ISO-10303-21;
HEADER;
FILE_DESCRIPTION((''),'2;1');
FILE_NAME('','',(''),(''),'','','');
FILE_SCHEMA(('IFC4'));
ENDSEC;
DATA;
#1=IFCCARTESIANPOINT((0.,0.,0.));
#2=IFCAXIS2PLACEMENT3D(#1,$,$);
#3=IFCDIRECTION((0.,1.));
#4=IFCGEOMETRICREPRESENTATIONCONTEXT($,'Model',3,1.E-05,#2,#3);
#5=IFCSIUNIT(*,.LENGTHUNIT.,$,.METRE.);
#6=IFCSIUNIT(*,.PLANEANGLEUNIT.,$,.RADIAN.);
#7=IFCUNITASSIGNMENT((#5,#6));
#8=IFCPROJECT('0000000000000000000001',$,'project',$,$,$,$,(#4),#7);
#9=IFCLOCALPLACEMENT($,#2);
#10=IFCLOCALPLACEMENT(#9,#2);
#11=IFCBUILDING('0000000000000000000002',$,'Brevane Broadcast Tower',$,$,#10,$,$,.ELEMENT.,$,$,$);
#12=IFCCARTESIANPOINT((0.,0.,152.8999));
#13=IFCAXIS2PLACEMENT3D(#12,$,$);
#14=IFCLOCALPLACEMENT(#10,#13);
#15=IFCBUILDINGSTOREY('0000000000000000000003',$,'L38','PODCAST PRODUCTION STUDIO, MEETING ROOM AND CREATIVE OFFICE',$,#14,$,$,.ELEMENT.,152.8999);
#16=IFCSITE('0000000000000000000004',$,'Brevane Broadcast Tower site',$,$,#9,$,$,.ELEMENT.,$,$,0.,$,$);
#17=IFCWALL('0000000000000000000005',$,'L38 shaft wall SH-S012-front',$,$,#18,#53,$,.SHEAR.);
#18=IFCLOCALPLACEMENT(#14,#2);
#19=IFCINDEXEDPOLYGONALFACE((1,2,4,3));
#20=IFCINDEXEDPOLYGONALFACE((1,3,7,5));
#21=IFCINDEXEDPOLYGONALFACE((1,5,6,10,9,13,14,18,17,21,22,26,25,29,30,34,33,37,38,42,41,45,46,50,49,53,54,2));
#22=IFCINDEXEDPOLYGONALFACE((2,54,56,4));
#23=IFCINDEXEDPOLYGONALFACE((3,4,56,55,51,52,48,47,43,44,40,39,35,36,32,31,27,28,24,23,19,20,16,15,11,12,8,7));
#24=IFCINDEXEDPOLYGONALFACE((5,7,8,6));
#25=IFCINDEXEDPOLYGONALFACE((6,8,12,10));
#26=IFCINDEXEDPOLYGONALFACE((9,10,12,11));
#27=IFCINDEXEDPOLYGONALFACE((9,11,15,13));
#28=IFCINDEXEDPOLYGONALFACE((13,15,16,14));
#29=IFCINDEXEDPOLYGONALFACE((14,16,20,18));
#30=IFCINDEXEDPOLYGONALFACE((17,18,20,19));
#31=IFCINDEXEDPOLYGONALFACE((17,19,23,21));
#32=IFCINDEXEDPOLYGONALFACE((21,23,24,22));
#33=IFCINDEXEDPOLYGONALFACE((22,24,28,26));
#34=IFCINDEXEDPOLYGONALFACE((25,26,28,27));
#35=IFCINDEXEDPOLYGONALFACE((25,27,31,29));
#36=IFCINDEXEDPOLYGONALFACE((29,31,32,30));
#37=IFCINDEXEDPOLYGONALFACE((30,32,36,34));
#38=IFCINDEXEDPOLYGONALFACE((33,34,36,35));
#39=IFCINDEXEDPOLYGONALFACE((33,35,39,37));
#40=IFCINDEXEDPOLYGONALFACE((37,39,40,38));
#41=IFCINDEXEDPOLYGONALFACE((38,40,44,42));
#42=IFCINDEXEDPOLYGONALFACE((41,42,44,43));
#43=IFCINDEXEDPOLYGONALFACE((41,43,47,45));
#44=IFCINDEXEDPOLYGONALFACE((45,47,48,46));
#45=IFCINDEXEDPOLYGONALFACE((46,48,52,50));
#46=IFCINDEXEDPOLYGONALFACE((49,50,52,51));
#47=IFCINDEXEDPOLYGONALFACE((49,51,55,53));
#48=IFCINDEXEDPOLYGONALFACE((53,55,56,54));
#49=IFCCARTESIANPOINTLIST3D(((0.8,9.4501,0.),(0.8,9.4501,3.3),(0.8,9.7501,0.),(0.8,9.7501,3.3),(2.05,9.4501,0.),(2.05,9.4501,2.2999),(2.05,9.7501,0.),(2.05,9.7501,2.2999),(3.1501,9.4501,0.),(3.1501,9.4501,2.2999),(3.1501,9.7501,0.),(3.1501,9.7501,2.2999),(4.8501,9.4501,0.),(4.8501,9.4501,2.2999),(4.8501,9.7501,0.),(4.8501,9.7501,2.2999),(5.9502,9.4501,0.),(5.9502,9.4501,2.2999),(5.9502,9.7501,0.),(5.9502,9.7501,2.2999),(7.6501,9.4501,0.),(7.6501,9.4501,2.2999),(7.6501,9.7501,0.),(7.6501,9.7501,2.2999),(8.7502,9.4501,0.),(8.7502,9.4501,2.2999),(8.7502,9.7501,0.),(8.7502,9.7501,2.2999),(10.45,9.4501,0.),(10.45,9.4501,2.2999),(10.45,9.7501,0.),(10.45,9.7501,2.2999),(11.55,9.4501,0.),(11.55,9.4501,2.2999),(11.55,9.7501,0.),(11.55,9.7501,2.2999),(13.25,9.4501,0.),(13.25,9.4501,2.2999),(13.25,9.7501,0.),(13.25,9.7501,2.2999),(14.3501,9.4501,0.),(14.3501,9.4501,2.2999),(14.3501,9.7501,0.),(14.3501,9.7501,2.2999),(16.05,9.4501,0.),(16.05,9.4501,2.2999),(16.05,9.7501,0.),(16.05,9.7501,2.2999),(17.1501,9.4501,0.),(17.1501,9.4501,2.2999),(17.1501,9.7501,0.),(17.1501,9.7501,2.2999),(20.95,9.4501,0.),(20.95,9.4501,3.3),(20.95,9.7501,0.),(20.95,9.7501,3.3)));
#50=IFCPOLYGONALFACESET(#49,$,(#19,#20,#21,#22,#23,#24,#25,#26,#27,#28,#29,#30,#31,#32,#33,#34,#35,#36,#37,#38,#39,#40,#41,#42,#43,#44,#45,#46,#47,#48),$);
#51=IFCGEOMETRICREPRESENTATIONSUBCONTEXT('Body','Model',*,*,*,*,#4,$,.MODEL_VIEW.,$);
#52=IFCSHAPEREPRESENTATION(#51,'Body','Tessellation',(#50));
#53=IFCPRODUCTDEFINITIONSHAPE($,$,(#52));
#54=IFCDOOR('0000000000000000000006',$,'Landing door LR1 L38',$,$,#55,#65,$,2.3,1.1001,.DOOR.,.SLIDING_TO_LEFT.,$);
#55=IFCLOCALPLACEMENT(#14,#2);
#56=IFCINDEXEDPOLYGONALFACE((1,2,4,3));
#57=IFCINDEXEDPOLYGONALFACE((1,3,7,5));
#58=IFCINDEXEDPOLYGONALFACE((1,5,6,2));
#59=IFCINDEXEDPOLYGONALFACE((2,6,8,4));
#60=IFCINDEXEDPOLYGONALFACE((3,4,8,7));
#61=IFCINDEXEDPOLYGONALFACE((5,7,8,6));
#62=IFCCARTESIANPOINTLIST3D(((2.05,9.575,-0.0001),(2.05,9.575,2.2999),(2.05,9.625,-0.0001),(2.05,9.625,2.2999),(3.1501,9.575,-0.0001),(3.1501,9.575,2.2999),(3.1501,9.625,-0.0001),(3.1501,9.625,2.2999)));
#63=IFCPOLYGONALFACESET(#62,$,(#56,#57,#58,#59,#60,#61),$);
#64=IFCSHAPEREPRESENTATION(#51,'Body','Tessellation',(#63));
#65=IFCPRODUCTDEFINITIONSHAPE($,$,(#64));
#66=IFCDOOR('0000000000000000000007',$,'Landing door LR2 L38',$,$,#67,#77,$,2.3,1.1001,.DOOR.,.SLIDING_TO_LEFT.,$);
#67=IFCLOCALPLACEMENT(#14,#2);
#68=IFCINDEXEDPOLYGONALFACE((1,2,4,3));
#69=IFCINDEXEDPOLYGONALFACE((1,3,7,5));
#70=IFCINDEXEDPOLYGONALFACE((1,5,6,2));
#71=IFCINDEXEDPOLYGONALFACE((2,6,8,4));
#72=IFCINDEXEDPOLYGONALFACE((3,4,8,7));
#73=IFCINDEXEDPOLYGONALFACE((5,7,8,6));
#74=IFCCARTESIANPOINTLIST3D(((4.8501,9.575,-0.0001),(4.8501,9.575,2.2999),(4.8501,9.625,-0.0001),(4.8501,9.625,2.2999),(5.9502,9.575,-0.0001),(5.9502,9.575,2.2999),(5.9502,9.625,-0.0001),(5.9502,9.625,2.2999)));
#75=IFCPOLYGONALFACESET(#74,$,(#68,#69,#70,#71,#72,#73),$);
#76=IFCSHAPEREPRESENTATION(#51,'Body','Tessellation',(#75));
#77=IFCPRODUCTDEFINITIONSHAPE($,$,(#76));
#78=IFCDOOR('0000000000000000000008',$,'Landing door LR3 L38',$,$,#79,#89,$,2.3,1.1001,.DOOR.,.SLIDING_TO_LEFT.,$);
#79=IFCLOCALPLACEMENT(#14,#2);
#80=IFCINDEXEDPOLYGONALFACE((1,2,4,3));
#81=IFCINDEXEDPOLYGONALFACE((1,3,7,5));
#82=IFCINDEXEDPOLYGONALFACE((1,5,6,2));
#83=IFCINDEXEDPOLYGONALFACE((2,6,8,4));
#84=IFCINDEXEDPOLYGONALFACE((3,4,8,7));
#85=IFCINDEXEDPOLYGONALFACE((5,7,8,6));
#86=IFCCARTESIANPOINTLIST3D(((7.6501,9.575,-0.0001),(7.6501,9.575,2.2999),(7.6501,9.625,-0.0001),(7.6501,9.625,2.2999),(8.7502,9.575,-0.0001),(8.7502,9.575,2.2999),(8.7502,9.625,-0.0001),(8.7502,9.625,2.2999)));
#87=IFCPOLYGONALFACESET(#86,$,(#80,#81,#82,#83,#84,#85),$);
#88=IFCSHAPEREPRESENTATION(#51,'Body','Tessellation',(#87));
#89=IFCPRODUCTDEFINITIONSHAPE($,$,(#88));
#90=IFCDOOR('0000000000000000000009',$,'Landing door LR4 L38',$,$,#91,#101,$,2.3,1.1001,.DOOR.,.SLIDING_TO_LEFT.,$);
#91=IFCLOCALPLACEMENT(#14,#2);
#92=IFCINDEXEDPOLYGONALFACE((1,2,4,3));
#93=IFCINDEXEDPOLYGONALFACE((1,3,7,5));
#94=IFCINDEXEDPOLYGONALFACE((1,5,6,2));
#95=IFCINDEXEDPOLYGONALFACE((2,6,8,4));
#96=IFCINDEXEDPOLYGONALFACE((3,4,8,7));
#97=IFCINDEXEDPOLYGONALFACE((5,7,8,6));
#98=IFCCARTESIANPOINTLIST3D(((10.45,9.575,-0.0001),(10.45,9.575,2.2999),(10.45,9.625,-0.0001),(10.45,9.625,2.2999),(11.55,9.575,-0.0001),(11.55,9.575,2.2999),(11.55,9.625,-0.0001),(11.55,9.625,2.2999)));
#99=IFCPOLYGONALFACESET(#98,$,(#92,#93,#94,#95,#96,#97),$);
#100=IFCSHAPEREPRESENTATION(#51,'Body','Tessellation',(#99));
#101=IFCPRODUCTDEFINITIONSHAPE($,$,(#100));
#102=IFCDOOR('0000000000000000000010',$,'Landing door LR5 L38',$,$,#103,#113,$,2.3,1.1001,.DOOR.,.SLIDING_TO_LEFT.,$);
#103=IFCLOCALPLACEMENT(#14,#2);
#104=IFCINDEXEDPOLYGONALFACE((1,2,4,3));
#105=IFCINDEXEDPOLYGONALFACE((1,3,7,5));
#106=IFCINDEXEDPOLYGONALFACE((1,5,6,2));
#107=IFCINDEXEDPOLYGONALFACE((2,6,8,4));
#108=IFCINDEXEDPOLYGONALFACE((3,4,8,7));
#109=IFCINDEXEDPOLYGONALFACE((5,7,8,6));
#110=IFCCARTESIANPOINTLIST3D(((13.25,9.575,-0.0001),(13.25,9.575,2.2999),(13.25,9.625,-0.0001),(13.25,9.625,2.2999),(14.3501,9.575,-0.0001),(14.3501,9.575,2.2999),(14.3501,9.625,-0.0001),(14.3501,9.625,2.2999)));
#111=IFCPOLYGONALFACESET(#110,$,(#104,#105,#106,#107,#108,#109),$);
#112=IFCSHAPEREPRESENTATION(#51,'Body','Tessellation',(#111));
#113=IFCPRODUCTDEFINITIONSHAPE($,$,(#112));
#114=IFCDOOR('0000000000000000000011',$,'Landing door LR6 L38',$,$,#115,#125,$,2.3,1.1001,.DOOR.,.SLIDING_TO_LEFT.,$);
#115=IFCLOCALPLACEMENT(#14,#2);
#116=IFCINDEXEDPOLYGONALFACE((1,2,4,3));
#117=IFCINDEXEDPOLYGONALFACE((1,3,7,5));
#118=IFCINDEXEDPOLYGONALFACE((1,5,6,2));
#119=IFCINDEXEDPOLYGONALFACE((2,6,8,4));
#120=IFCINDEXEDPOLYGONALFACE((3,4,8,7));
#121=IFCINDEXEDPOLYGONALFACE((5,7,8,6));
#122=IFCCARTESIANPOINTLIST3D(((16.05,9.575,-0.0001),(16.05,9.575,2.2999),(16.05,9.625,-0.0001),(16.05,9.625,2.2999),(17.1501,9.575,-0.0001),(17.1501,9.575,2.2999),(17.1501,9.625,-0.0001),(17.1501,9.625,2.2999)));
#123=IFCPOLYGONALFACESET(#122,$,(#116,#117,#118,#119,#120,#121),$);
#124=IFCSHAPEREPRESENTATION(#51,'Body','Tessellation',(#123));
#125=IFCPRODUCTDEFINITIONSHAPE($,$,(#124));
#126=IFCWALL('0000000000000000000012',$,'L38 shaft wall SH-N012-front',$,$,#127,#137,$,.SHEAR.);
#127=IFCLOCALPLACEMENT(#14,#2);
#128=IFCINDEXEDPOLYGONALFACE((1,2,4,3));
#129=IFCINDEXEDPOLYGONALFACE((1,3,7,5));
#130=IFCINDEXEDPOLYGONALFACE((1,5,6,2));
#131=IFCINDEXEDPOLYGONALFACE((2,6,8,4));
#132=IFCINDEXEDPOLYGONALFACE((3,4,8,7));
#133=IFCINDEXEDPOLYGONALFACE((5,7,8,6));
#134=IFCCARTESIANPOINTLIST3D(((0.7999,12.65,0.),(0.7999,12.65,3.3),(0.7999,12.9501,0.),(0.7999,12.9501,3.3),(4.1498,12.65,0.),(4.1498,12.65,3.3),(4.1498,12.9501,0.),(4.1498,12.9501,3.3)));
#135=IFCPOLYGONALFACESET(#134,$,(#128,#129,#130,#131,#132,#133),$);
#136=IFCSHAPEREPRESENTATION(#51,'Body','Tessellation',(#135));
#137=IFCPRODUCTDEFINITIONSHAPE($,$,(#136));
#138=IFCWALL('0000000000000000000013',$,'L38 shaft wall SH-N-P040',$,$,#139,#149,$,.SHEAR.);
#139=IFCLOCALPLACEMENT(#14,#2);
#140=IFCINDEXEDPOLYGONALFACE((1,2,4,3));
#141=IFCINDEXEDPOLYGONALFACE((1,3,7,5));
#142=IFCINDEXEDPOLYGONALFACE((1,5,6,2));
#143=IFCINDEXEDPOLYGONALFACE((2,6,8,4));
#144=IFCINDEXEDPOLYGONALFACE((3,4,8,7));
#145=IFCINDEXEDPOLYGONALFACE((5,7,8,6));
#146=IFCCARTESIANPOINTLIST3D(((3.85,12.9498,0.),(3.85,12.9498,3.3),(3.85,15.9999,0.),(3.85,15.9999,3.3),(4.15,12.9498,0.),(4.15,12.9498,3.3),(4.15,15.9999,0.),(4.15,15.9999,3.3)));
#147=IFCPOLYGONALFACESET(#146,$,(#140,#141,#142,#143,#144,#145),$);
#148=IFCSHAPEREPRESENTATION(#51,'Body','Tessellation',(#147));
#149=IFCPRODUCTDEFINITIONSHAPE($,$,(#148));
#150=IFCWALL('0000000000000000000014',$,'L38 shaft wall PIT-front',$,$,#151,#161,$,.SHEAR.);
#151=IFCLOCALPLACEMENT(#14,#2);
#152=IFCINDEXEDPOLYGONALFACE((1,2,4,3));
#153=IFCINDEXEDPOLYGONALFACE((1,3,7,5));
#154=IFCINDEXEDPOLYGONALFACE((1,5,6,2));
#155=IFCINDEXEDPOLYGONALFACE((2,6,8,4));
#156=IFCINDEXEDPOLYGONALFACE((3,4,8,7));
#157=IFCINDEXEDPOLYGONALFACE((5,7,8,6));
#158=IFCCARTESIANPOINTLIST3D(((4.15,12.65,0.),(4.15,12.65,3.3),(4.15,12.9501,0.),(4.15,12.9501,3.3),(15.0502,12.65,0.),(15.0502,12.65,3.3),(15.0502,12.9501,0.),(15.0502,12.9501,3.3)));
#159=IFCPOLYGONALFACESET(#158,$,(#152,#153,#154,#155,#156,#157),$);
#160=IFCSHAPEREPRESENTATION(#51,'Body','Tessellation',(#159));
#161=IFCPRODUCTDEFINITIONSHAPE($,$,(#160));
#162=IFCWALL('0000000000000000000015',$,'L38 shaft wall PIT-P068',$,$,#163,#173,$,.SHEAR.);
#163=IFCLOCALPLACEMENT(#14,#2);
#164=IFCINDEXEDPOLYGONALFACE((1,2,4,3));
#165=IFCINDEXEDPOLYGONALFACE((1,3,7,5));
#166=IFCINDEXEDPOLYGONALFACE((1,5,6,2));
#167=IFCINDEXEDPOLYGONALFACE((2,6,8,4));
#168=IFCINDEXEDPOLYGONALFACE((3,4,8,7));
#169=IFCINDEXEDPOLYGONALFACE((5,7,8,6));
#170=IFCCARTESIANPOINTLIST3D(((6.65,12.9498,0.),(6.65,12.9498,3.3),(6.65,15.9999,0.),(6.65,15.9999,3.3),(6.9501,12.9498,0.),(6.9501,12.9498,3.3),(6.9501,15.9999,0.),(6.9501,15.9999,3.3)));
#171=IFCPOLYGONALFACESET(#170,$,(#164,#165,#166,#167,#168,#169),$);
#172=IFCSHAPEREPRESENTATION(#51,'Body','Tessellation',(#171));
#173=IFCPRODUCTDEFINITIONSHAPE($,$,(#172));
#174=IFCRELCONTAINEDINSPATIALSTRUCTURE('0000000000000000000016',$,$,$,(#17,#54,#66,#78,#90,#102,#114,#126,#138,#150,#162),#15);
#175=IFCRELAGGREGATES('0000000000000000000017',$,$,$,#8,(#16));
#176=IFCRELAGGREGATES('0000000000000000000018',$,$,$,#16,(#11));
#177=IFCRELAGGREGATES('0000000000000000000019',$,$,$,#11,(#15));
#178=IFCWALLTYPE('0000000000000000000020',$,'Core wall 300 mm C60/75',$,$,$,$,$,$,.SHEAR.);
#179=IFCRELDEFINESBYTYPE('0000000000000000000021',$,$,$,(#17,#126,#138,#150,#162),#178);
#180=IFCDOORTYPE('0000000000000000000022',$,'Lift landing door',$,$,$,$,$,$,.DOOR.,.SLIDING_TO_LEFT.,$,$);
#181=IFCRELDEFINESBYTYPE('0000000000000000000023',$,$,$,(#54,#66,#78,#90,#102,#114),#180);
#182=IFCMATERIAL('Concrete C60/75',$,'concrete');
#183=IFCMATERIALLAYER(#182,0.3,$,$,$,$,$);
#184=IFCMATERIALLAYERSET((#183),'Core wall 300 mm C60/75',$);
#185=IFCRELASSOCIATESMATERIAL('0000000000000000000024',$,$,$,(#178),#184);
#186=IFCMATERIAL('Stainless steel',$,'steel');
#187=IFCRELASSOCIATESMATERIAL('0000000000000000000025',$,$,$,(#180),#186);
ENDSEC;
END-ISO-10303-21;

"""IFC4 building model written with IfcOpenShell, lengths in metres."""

from ifc_helpers import new_model, si_unit, direction, frame, frame_2d, origin, place, context, subcontext, project, spatial, rectangle, extrude, material, layer, layer_set, type_object, element, fill, save


model = new_model("IFC4")

# Units and contexts
model_context = context("Model", 3, precision=1e-05, world=origin(), true_north=direction((0.0, 1.0)))
body_context = subcontext(model_context, "Body", "Model", "MODEL_VIEW")
ifc_project = project(units=[si_unit("LENGTHUNIT", "METRE"), si_unit("PLANEANGLEUNIT", "RADIAN")], contexts=[model_context])

# Site, building, storey
site_placement = place(None, origin())
site = spatial("IfcSite", under=ifc_project, at=site_placement, Name="Brevane Broadcast Tower site", CompositionType="ELEMENT", RefElevation=0.0)
building_placement = place(site_placement, origin())
building = spatial("IfcBuilding", under=site, at=building_placement, Name="Brevane Broadcast Tower", CompositionType="ELEMENT")
storey_placement = place(building_placement, frame((0.0, 0.0, 152.8999)))
storey = spatial("IfcBuildingStorey", under=building, at=storey_placement, Name="L38", Description="PODCAST PRODUCTION STUDIO, MEETING ROOM AND CREATIVE OFFICE", CompositionType="ELEMENT", Elevation=152.8999)

# Wall, openings, doors
ifc_material_1 = material(Name="Concrete C60/75", Category="concrete")
ifc_layer_1 = layer(ifc_material_1, 0.3)
ifc_layer_set_1 = layer_set([ifc_layer_1], Name="Core wall 300 mm C60/75")
wall_type_1 = type_object("IfcWallType", Name="Core wall 300 mm C60/75", PredefinedType="SHEAR", material=ifc_layer_set_1)
wall_1_placement = place(storey_placement, frame((0.8, 9.6001, 0.0), z_axis=(0.0, 0.0, 1.0), x_axis=(1.0, 0.0, 0.0)))
wall_1 = element("IfcWall", 1, at=wall_1_placement, inside=storey, type_object=wall_type_1, Name="L38 shaft wall SH-S012-front", PredefinedType="SHEAR", context=body_context, shape_type="SweptSolid", body=[
    extrude(rectangle(XDim=20.1499, YDim=0.3, at=frame_2d((10.075, 0.0))), origin(), (0.0, 0.0, 1.0), 3.3),
])
opening_1_placement = place(wall_1_placement, frame((1.25, 0.0, 0.0)))
opening_1 = element("IfcOpeningElement", 2, at=opening_1_placement, cuts=wall_1, PredefinedType="OPENING", context=body_context, shape_type="SweptSolid", body=[
    extrude(rectangle(XDim=1.1001, YDim=2.3, at=frame_2d((0.55, 1.1499))), frame((0.0, 0.1599, 0.0), z_axis=(0.0, -1.0, 0.0), x_axis=(1.0, 0.0, 0.0)), (0.0, 0.0, 1.0), 0.3201),
])
opening_2_placement = place(wall_1_placement, frame((4.05, 0.0, 0.0)))
opening_2 = element("IfcOpeningElement", 3, at=opening_2_placement, cuts=wall_1, PredefinedType="OPENING", context=body_context, shape_type="SweptSolid", body=[
    extrude(rectangle(XDim=1.1001, YDim=2.3, at=frame_2d((0.55, 1.1499))), frame((0.0, 0.1599, 0.0), z_axis=(0.0, -1.0, 0.0), x_axis=(1.0, 0.0, 0.0)), (0.0, 0.0, 1.0), 0.3201),
])
opening_3_placement = place(wall_1_placement, frame((6.8501, 0.0, 0.0)))
opening_3 = element("IfcOpeningElement", 4, at=opening_3_placement, cuts=wall_1, PredefinedType="OPENING", context=body_context, shape_type="SweptSolid", body=[
    extrude(rectangle(XDim=1.1001, YDim=2.3, at=frame_2d((0.55, 1.1499))), frame((0.0, 0.1599, 0.0), z_axis=(0.0, -1.0, 0.0), x_axis=(1.0, 0.0, 0.0)), (0.0, 0.0, 1.0), 0.3201),
])
opening_4_placement = place(wall_1_placement, frame((9.6499, 0.0, 0.0)))
opening_4 = element("IfcOpeningElement", 5, at=opening_4_placement, cuts=wall_1, PredefinedType="OPENING", context=body_context, shape_type="SweptSolid", body=[
    extrude(rectangle(XDim=1.1001, YDim=2.3, at=frame_2d((0.55, 1.1499))), frame((0.0, 0.1599, 0.0), z_axis=(0.0, -1.0, 0.0), x_axis=(1.0, 0.0, 0.0)), (0.0, 0.0, 1.0), 0.3201),
])
opening_5_placement = place(wall_1_placement, frame((12.45, 0.0, 0.0)))
opening_5 = element("IfcOpeningElement", 6, at=opening_5_placement, cuts=wall_1, PredefinedType="OPENING", context=body_context, shape_type="SweptSolid", body=[
    extrude(rectangle(XDim=1.1001, YDim=2.3, at=frame_2d((0.55, 1.1499))), frame((0.0, 0.1599, 0.0), z_axis=(0.0, -1.0, 0.0), x_axis=(1.0, 0.0, 0.0)), (0.0, 0.0, 1.0), 0.3201),
])
opening_6_placement = place(wall_1_placement, frame((15.25, 0.0, 0.0)))
opening_6 = element("IfcOpeningElement", 7, at=opening_6_placement, cuts=wall_1, PredefinedType="OPENING", context=body_context, shape_type="SweptSolid", body=[
    extrude(rectangle(XDim=1.1001, YDim=2.3, at=frame_2d((0.55, 1.1499))), frame((0.0, 0.1599, 0.0), z_axis=(0.0, -1.0, 0.0), x_axis=(1.0, 0.0, 0.0)), (0.0, 0.0, 1.0), 0.3201),
])
ifc_material_2 = material(Name="Stainless steel", Category="steel")
door_type = type_object("IfcDoorType", Name="Lift landing door", OperationType="SLIDING_TO_LEFT", PredefinedType="DOOR", material=ifc_material_2)
door_1_placement = place(opening_1_placement, origin())
door_1 = element("IfcDoor", 8, at=door_1_placement, inside=storey, type_object=door_type, Name="Landing door LR1 L38", OperationType="SLIDING_TO_LEFT", OverallHeight=2.3, OverallWidth=1.1001, PredefinedType="DOOR", context=body_context, shape_type="SweptSolid", body=[
    extrude(rectangle(XDim=1.1001, YDim=2.3, at=frame_2d((0.55, 1.1499))), frame((0.0, 0.0249, 0.0), z_axis=(0.0, -1.0, 0.0), x_axis=(1.0, 0.0, 0.0)), (0.0, 0.0, 1.0), 0.05),
])
fill(opening_1, door_1)
door_2_placement = place(opening_2_placement, origin())
door_2 = element("IfcDoor", 9, at=door_2_placement, inside=storey, type_object=door_type, Name="Landing door LR2 L38", OperationType="SLIDING_TO_LEFT", OverallHeight=2.3, OverallWidth=1.1001, PredefinedType="DOOR", context=body_context, shape_type="SweptSolid", body=[
    extrude(rectangle(XDim=1.1001, YDim=2.3, at=frame_2d((0.55, 1.1499))), frame((0.0, 0.0249, 0.0), z_axis=(0.0, -1.0, 0.0), x_axis=(1.0, 0.0, 0.0)), (0.0, 0.0, 1.0), 0.05),
])
fill(opening_2, door_2)
door_3_placement = place(opening_3_placement, origin())
door_3 = element("IfcDoor", 10, at=door_3_placement, inside=storey, type_object=door_type, Name="Landing door LR3 L38", OperationType="SLIDING_TO_LEFT", OverallHeight=2.3, OverallWidth=1.1001, PredefinedType="DOOR", context=body_context, shape_type="SweptSolid", body=[
    extrude(rectangle(XDim=1.1001, YDim=2.3, at=frame_2d((0.55, 1.1499))), frame((0.0, 0.0249, 0.0), z_axis=(0.0, -1.0, 0.0), x_axis=(1.0, 0.0, 0.0)), (0.0, 0.0, 1.0), 0.05),
])
fill(opening_3, door_3)
door_4_placement = place(opening_4_placement, origin())
door_4 = element("IfcDoor", 11, at=door_4_placement, inside=storey, type_object=door_type, Name="Landing door LR4 L38", OperationType="SLIDING_TO_LEFT", OverallHeight=2.3, OverallWidth=1.1001, PredefinedType="DOOR", context=body_context, shape_type="SweptSolid", body=[
    extrude(rectangle(XDim=1.1001, YDim=2.3, at=frame_2d((0.55, 1.1499))), frame((0.0, 0.0249, 0.0), z_axis=(0.0, -1.0, 0.0), x_axis=(1.0, 0.0, 0.0)), (0.0, 0.0, 1.0), 0.05),
])
fill(opening_4, door_4)
door_5_placement = place(opening_5_placement, origin())
door_5 = element("IfcDoor", 12, at=door_5_placement, inside=storey, type_object=door_type, Name="Landing door LR5 L38", OperationType="SLIDING_TO_LEFT", OverallHeight=2.3, OverallWidth=1.1001, PredefinedType="DOOR", context=body_context, shape_type="SweptSolid", body=[
    extrude(rectangle(XDim=1.1001, YDim=2.3, at=frame_2d((0.55, 1.1499))), frame((0.0, 0.0249, 0.0), z_axis=(0.0, -1.0, 0.0), x_axis=(1.0, 0.0, 0.0)), (0.0, 0.0, 1.0), 0.05),
])
fill(opening_5, door_5)
door_6_placement = place(opening_6_placement, origin())
door_6 = element("IfcDoor", 13, at=door_6_placement, inside=storey, type_object=door_type, Name="Landing door LR6 L38", OperationType="SLIDING_TO_LEFT", OverallHeight=2.3, OverallWidth=1.1001, PredefinedType="DOOR", context=body_context, shape_type="SweptSolid", body=[
    extrude(rectangle(XDim=1.1001, YDim=2.3, at=frame_2d((0.55, 1.1499))), frame((0.0, 0.0249, 0.0), z_axis=(0.0, -1.0, 0.0), x_axis=(1.0, 0.0, 0.0)), (0.0, 0.0, 1.0), 0.05),
])
fill(opening_6, door_6)

# Walls
wall_2_placement = place(storey_placement, frame((0.8, 12.8, 0.0), z_axis=(0.0, 0.0, 1.0), x_axis=(1.0, 0.0, 0.0)))
element("IfcWall", 14, at=wall_2_placement, inside=storey, type_object=wall_type_1, Name="L38 shaft wall SH-N012-front", PredefinedType="SHEAR", context=body_context, shape_type="SweptSolid", body=[
    extrude(rectangle(XDim=3.3499, YDim=0.3, at=frame_2d((1.6748, 0.0))), origin(), (0.0, 0.0, 1.0), 3.3),
])
wall_3_placement = place(storey_placement, frame((4.0, 12.95, 0.0), z_axis=(0.0, 0.0, 1.0), x_axis=(0.0, 1.0, 0.0)))
element("IfcWall", 15, at=wall_3_placement, inside=storey, type_object=wall_type_1, Name="L38 shaft wall SH-N-P040", PredefinedType="SHEAR", context=body_context, shape_type="SweptSolid", body=[
    extrude(rectangle(XDim=3.05, YDim=0.3, at=frame_2d((1.5249, 0.0))), origin(), (0.0, 0.0, 1.0), 3.3),
])
wall_4_placement = place(storey_placement, frame((4.1499, 12.8, 0.0), z_axis=(0.0, 0.0, 1.0), x_axis=(1.0, 0.0, 0.0)))
element("IfcWall", 16, at=wall_4_placement, inside=storey, type_object=wall_type_1, Name="L38 shaft wall PIT-front", PredefinedType="SHEAR", context=body_context, shape_type="SweptSolid", body=[
    extrude(rectangle(XDim=10.9001, YDim=0.3, at=frame_2d((5.4502, 0.0))), origin(), (0.0, 0.0, 1.0), 3.3),
])
for number, where, z_axis, x_axis, name in (
    (17, (6.8, 12.95, 0.0), (0.0, 0.0, 1.0), (0.0, 1.0, 0.0), "L38 shaft wall PIT-P068"),
):
    element("IfcWall", number, at=place(storey_placement, frame(where, z_axis=z_axis, x_axis=x_axis)), inside=storey, type_object=wall_type_1, Name=name, PredefinedType="SHEAR", context=body_context, shape_type="SweptSolid", body=[
        extrude(rectangle(XDim=3.05, YDim=0.3, at=frame_2d((1.5249, 0.0))), origin(), (0.0, 0.0, 1.0), 3.3),
    ])

save(model, "model.ifc")
